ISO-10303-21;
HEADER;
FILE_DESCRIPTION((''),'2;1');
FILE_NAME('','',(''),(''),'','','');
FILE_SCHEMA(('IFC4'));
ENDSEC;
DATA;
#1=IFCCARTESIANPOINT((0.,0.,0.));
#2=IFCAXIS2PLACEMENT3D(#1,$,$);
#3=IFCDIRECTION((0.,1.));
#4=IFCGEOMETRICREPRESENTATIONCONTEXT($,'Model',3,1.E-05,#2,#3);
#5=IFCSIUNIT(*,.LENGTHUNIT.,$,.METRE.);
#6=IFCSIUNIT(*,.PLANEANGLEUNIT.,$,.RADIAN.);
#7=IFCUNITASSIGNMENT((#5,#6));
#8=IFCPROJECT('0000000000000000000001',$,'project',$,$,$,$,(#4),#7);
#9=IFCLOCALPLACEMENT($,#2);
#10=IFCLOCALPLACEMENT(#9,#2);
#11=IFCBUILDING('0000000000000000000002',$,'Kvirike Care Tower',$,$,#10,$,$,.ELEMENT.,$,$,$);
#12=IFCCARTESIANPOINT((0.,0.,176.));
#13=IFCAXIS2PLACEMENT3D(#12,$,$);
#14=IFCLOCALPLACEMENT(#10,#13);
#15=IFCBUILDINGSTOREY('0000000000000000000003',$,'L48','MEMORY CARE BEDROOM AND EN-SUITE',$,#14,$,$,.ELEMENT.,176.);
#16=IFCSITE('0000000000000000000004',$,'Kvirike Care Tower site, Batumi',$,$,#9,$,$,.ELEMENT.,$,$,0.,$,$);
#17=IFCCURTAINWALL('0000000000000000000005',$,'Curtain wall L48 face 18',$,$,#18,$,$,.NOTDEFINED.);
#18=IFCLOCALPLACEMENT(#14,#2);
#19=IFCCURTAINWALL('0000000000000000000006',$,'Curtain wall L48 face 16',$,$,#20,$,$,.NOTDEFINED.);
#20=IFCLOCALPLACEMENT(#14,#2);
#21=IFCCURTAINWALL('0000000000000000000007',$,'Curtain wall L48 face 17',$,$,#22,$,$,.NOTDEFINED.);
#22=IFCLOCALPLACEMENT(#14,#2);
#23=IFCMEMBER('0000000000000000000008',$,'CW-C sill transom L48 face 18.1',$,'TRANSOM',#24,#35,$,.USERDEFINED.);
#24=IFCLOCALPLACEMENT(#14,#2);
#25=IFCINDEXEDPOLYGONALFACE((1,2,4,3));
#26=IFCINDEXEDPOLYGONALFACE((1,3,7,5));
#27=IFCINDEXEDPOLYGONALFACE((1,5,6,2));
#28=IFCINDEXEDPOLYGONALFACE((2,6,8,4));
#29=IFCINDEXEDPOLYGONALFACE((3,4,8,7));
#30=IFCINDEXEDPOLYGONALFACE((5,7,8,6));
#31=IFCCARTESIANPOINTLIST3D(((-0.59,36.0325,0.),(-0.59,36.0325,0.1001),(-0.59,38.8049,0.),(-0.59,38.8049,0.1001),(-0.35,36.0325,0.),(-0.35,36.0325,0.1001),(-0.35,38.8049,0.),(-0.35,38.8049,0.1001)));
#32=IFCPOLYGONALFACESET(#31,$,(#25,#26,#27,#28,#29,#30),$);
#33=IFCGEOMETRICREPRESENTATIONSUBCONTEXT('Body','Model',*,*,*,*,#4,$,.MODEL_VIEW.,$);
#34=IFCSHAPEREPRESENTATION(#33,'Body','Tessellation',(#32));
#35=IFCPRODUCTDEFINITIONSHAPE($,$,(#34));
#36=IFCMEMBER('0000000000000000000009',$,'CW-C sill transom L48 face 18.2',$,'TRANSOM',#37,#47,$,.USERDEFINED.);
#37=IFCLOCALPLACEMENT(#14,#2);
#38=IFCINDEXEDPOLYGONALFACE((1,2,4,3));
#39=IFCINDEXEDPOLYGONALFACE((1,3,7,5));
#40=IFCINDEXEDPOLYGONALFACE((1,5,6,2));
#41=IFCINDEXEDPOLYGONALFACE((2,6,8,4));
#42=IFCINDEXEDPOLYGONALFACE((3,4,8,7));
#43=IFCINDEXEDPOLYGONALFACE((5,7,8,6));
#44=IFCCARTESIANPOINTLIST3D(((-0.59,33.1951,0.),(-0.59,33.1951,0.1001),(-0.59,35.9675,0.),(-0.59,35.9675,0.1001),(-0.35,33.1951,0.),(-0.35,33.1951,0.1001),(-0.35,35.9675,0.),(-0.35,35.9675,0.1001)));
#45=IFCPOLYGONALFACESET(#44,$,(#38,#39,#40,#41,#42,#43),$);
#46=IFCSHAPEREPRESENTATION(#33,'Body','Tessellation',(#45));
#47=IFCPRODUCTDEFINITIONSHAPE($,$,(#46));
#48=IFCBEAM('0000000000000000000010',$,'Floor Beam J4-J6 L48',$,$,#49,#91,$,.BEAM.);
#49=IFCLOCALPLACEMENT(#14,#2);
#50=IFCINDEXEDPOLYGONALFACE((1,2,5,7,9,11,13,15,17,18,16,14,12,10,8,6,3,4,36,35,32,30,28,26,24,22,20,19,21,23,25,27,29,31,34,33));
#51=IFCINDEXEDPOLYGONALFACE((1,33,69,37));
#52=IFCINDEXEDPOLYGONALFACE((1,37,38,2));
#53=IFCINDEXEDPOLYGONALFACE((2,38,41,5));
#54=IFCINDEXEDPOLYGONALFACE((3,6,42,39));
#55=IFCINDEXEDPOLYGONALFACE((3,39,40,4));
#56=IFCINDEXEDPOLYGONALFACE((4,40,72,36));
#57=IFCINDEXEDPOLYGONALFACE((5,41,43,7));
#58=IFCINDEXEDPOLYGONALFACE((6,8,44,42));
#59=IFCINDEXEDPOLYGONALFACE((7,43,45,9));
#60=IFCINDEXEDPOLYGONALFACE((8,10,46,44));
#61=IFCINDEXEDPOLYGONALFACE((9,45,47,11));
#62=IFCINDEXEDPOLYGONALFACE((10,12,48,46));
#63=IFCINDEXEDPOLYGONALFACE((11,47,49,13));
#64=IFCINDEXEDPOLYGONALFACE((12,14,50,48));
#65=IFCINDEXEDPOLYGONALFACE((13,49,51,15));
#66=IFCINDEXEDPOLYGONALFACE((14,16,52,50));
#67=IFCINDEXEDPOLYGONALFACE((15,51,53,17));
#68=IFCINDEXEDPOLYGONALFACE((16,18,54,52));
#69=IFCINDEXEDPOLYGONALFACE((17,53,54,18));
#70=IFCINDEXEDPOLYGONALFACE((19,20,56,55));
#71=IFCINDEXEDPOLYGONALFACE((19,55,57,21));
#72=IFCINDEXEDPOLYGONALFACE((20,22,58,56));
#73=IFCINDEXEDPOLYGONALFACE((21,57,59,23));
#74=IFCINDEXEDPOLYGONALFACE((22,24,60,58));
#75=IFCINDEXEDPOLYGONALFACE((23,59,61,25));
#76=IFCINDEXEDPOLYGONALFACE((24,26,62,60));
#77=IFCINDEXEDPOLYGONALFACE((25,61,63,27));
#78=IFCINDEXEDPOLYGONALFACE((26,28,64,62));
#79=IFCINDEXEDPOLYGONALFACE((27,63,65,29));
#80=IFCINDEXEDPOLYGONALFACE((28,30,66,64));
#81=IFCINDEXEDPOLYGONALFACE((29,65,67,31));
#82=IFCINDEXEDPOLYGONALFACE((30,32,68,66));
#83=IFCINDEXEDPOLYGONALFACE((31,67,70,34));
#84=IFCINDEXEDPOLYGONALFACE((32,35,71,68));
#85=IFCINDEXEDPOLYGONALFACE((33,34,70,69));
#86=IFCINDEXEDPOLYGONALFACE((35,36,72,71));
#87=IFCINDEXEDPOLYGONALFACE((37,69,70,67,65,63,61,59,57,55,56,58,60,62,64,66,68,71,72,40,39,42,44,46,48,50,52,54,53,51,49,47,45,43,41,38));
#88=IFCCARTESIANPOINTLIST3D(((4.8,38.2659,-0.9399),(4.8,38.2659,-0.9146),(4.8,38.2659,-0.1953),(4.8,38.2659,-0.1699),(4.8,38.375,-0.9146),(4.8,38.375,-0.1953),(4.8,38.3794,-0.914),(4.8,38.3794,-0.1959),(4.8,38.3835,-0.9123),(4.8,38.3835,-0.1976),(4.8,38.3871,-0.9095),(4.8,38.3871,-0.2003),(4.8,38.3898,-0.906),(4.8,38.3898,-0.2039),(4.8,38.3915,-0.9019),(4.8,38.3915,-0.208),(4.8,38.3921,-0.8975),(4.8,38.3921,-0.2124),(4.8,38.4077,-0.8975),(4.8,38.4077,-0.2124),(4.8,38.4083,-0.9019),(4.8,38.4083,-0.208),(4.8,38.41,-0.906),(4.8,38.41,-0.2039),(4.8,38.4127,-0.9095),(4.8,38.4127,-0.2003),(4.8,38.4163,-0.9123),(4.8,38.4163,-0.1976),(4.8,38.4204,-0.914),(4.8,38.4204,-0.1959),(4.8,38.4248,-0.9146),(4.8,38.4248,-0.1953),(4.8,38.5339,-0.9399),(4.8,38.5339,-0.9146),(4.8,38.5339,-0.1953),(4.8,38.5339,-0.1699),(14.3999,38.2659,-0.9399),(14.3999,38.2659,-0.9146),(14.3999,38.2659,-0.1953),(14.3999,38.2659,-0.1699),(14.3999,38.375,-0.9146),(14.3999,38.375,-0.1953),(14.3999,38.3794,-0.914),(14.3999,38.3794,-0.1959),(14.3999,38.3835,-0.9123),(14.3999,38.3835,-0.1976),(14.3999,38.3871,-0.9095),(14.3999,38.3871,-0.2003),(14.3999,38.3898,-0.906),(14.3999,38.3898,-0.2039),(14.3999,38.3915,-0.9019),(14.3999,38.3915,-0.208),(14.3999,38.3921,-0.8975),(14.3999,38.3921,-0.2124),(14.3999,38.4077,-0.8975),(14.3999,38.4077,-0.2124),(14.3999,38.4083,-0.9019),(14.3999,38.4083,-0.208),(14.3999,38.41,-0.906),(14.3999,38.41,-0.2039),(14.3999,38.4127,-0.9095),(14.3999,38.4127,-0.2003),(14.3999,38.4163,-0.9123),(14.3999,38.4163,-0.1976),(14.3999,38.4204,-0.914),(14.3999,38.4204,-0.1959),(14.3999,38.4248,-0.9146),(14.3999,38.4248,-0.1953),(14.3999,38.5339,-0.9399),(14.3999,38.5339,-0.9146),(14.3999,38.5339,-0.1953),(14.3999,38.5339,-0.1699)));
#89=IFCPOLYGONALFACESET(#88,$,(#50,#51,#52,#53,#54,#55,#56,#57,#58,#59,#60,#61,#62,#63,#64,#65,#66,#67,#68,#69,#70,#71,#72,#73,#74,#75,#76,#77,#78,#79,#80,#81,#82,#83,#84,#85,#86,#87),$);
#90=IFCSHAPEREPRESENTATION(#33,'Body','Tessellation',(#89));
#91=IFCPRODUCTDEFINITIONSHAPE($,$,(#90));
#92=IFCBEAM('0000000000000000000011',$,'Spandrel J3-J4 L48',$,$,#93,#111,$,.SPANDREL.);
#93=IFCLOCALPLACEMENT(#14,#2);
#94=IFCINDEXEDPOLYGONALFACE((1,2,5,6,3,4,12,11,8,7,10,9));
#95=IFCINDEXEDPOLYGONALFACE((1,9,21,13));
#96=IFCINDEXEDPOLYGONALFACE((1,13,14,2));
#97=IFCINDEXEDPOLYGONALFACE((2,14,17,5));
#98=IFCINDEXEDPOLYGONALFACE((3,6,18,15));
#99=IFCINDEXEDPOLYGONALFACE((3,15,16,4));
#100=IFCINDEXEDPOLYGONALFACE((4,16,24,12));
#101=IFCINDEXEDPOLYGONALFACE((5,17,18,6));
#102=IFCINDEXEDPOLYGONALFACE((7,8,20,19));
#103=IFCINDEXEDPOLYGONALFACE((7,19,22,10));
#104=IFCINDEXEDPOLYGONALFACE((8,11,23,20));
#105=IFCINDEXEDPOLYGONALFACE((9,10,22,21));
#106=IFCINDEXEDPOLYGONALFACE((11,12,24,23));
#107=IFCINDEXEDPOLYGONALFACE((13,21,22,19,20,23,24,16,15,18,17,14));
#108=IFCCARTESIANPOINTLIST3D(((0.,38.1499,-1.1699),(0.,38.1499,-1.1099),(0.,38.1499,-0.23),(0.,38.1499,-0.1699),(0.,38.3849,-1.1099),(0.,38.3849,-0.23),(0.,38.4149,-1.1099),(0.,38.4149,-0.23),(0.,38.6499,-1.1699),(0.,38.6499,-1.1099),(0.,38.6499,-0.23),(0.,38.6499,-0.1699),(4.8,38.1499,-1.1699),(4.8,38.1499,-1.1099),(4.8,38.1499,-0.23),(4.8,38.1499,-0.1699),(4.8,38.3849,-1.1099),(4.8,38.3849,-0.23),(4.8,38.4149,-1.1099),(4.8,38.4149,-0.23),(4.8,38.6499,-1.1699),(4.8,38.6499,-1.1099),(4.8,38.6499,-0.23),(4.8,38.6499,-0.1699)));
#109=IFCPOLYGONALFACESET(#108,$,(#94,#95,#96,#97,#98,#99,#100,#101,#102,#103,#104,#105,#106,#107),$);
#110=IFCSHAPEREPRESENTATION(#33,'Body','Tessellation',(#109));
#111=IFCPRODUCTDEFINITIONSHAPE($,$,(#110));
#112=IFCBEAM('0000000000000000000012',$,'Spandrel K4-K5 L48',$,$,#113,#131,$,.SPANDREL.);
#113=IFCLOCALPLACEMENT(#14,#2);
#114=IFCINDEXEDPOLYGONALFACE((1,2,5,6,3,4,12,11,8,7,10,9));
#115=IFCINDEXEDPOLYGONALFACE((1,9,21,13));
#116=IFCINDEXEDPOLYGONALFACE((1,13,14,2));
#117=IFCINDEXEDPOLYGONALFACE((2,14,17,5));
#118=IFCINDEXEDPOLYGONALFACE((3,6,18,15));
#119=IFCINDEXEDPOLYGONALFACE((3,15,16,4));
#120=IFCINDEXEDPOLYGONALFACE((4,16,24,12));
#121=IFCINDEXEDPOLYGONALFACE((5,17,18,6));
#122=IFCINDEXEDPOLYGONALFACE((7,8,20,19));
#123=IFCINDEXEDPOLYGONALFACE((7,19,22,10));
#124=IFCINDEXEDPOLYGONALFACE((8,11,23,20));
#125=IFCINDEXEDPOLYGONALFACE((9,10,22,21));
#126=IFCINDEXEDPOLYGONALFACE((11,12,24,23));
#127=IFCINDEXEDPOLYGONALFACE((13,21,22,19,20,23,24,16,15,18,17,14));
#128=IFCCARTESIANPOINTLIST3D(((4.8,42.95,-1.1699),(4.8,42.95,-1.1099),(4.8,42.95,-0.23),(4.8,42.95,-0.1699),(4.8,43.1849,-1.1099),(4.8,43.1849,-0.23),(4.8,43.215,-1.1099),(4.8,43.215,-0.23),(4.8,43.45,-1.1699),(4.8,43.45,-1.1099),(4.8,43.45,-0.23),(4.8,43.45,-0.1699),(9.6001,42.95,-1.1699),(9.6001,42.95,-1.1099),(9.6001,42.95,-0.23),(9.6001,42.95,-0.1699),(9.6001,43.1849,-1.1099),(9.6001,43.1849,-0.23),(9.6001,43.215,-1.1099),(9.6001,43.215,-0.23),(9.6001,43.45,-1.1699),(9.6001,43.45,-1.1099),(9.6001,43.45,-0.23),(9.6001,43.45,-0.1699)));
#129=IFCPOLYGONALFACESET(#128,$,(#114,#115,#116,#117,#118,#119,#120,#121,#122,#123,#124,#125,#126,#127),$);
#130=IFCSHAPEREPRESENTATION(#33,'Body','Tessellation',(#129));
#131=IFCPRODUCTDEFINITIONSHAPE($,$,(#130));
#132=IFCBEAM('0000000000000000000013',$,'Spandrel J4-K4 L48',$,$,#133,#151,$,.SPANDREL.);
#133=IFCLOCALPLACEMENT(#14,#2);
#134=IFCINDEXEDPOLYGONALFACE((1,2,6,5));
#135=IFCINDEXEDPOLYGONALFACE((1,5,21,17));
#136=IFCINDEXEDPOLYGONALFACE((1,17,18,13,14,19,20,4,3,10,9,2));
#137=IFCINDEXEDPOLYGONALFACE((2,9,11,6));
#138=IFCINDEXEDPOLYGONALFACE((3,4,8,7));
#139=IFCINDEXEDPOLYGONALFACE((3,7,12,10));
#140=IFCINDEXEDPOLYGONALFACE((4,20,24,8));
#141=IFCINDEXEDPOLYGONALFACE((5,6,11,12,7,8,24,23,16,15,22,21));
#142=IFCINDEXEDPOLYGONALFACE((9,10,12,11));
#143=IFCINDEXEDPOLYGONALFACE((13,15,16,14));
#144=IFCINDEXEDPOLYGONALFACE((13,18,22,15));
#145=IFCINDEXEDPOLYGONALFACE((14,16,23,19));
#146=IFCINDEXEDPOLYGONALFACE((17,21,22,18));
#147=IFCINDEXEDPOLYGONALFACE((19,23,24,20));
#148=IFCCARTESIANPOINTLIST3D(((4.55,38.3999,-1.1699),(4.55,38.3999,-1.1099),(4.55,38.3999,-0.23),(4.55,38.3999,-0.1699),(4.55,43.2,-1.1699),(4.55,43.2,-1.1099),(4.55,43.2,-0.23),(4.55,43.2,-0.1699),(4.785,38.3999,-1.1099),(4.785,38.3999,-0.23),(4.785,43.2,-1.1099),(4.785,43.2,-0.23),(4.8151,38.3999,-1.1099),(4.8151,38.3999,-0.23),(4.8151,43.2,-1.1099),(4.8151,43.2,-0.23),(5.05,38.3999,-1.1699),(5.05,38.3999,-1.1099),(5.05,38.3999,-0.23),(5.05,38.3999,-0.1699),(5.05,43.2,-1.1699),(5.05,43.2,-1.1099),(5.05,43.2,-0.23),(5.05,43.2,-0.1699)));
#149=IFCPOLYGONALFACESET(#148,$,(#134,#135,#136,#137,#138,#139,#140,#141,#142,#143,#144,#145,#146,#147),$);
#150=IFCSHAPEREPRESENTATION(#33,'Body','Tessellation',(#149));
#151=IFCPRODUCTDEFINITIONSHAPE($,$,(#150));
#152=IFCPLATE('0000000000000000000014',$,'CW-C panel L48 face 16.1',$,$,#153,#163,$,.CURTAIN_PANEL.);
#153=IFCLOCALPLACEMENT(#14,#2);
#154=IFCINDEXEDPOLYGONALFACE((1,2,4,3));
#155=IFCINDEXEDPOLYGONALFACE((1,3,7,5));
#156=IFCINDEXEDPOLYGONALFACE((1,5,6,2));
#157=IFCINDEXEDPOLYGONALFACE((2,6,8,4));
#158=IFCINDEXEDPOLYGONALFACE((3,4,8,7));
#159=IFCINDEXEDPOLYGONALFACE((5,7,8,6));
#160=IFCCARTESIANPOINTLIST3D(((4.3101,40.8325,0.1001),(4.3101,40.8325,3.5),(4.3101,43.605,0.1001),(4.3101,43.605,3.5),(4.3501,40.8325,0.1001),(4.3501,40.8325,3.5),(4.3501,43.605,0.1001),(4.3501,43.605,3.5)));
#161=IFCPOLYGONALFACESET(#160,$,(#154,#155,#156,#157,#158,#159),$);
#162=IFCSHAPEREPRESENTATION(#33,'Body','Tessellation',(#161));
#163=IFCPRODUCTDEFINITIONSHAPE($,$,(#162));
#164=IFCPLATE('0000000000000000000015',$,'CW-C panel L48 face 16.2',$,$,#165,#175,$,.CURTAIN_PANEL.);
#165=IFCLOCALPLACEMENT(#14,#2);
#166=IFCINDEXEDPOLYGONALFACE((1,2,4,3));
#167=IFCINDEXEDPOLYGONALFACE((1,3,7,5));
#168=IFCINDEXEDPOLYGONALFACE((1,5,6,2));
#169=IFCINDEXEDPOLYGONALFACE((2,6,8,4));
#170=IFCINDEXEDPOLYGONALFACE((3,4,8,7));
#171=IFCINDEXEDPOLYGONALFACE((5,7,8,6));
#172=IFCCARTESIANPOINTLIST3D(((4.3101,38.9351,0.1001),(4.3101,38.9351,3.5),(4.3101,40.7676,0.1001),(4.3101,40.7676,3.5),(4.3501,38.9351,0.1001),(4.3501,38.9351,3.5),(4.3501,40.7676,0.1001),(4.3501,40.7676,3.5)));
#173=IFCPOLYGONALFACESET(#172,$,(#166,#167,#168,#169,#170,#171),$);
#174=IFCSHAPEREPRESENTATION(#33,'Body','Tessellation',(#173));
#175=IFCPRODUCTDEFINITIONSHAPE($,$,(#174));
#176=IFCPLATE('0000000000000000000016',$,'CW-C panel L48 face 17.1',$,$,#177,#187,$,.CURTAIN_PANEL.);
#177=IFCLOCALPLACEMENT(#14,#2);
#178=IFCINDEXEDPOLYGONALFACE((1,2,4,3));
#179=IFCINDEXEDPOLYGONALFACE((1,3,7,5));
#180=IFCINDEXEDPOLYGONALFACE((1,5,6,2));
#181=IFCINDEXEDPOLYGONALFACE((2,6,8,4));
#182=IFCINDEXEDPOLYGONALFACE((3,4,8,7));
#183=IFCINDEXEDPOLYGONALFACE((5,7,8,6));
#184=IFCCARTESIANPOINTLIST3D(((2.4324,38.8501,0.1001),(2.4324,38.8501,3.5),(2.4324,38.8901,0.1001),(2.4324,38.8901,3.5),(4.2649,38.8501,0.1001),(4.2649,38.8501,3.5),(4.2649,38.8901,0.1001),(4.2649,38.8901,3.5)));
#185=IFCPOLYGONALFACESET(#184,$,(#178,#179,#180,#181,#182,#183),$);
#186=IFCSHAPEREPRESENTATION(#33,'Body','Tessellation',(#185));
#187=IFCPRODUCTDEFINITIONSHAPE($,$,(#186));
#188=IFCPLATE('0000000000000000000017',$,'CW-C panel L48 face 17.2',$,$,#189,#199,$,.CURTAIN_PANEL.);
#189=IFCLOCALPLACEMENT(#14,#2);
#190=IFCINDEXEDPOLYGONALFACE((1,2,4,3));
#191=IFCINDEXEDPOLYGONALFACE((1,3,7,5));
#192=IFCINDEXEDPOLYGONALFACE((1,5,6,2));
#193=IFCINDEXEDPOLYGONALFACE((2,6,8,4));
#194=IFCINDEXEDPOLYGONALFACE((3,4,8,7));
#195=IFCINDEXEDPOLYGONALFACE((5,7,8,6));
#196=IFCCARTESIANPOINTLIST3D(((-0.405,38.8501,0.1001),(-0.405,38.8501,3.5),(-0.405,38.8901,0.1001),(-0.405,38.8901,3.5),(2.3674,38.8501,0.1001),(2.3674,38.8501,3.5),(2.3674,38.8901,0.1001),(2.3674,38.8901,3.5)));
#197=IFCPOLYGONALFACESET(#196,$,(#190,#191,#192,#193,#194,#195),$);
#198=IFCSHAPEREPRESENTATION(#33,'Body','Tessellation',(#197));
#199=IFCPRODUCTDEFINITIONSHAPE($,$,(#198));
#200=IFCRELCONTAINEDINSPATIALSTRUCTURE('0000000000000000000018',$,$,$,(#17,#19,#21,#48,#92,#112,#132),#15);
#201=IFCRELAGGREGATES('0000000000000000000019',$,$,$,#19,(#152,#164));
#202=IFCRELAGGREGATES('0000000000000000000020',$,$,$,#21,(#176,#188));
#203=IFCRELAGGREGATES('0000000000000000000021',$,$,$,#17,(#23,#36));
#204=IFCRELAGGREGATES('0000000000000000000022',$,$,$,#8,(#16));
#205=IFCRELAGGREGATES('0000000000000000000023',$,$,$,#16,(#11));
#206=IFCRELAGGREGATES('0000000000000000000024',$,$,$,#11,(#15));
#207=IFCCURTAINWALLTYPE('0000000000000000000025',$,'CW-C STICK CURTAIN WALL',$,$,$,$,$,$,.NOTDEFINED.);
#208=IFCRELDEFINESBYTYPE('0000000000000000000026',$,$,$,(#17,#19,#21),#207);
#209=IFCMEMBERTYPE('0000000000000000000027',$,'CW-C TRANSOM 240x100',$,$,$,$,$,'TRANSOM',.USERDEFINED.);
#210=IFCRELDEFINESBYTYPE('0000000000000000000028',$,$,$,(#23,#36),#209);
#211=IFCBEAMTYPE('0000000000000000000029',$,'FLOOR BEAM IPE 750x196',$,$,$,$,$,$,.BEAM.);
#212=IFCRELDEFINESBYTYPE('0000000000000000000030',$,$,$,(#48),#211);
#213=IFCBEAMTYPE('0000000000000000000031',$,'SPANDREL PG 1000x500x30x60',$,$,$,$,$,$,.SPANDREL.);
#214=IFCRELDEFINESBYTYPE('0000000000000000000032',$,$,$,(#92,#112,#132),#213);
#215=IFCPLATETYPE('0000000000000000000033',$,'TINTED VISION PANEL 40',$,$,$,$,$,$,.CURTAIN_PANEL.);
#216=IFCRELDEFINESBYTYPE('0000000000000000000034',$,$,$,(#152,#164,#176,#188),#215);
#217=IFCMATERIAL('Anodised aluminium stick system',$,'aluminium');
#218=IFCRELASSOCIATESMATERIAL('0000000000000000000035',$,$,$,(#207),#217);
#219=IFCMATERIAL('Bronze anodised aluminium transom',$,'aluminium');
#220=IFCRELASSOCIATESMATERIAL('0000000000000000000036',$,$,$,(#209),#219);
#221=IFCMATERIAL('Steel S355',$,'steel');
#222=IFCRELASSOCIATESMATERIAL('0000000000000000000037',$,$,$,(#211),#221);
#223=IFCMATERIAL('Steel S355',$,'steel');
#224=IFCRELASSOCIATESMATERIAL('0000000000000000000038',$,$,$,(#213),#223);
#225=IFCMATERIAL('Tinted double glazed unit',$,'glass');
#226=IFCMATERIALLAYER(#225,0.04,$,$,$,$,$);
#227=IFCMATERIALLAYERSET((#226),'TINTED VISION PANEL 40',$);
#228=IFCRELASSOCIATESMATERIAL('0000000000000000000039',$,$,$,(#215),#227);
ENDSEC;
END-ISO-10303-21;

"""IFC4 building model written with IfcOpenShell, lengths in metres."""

from ifc_helpers import new_model, si_unit, direction, frame, origin, origin_2d, place, context, subcontext, project, spatial, rectangle, i_section, extrude, material, layer, layer_set, material_profile, profile_set, type_object, element, aggregate, save


model = new_model("IFC4")

# Units and contexts
model_context = context("Model", 3, precision=1e-05, world=origin(), true_north=direction((0.0, 1.0)))
body_context = subcontext(model_context, "Body", "Model", "MODEL_VIEW")
ifc_project = project(units=[si_unit("LENGTHUNIT", "METRE"), si_unit("PLANEANGLEUNIT", "RADIAN")], contexts=[model_context])

# Site, building, storey
site_placement = place(None, origin())
site = spatial("IfcSite", under=ifc_project, at=site_placement, Name="Kvirike Care Tower site, Batumi", CompositionType="ELEMENT", RefElevation=0.0)
building_placement = place(site_placement, origin())
building = spatial("IfcBuilding", under=site, at=building_placement, Name="Kvirike Care Tower", CompositionType="ELEMENT")
storey_placement = place(building_placement, frame((0.0, 0.0, 176.0)))
storey = spatial("IfcBuildingStorey", under=building, at=storey_placement, Name="L48", Description="MEMORY CARE BEDROOM AND EN-SUITE", CompositionType="ELEMENT", Elevation=176.0)

# Curtain wall
ifc_material_1 = material(Name="Anodised aluminium stick system", Category="aluminium")
curtain_wall_type = type_object("IfcCurtainWallType", Name="CW-C STICK CURTAIN WALL", PredefinedType="NOTDEFINED", material=ifc_material_1)
curtain_wall_1_placement = place(storey_placement, origin())
curtain_wall_1 = element("IfcCurtainWall", 1, at=curtain_wall_1_placement, inside=storey, type_object=curtain_wall_type, Name="Curtain wall L48 face 18", PredefinedType="NOTDEFINED")

# Curtain walls
curtain_wall_2_placement = place(storey_placement, origin())
curtain_wall_2 = element("IfcCurtainWall", 2, at=curtain_wall_2_placement, inside=storey, type_object=curtain_wall_type, Name="Curtain wall L48 face 16", PredefinedType="NOTDEFINED")
curtain_wall_3_placement = place(storey_placement, origin())
curtain_wall_3 = element("IfcCurtainWall", 3, at=curtain_wall_3_placement, inside=storey, type_object=curtain_wall_type, Name="Curtain wall L48 face 17", PredefinedType="NOTDEFINED")

# Members
ifc_material_2 = material(Name="Bronze anodised aluminium transom", Category="aluminium")
ifc_material_profile_1 = material_profile(ifc_material_2, rectangle(XDim=0.24, YDim=0.1001, at=origin_2d()), Name="CW-C TRANSOM 240x100")
ifc_profile_set_1 = profile_set([ifc_material_profile_1], Name="Bronze anodised aluminium transom")
member_type_1 = type_object("IfcMemberType", Name="CW-C TRANSOM 240x100", ElementType="TRANSOM", PredefinedType="USERDEFINED", material=ifc_profile_set_1)
member_1_placement = place(storey_placement, frame((-0.47, 38.8049, 0.05), z_axis=(0.0, -1.0, 0.0), x_axis=(1.0, 0.0, 0.0)))
member_1 = element("IfcMember", 4, at=member_1_placement, type_object=member_type_1, Name="CW-C sill transom L48 face 18.1", ObjectType="TRANSOM", PredefinedType="USERDEFINED", context=body_context, shape_type="SweptSolid", body=[
    extrude(rectangle(XDim=0.24, YDim=0.1001, at=origin_2d()), origin(), (0.0, 0.0, 1.0), 2.7725),
])
member_2_placement = place(storey_placement, frame((-0.47, 35.9675, 0.05), z_axis=(0.0, -1.0, 0.0), x_axis=(1.0, 0.0, 0.0)))
member_2 = element("IfcMember", 5, at=member_2_placement, type_object=member_type_1, Name="CW-C sill transom L48 face 18.2", ObjectType="TRANSOM", PredefinedType="USERDEFINED", context=body_context, shape_type="SweptSolid", body=[
    extrude(rectangle(XDim=0.24, YDim=0.1001, at=origin_2d()), origin(), (0.0, 0.0, 1.0), 2.7725),
])

# Beams
ifc_material_3 = material(Name="Steel S355", Category="steel")
ifc_material_profile_2 = material_profile(ifc_material_3, i_section(OverallWidth=0.2681, OverallDepth=0.77, WebThickness=0.0156, FlangeThickness=0.0254, FilletRadius=0.0171, at=origin_2d()), Name="IPE 750x196")
ifc_profile_set_2 = profile_set([ifc_material_profile_2], Name="Steel S355")
beam_type_1 = type_object("IfcBeamType", Name="FLOOR BEAM IPE 750x196", PredefinedType="BEAM", material=ifc_profile_set_2)
beam_placement = place(storey_placement, frame((4.8, 38.3999, -0.5549), z_axis=(1.0, 0.0, 0.0), x_axis=(0.0, 1.0, 0.0)))
element("IfcBeam", 6, at=beam_placement, inside=storey, type_object=beam_type_1, Name="Floor Beam J4-J6 L48", PredefinedType="BEAM", context=body_context, shape_type="SweptSolid", body=[
    extrude(i_section(OverallWidth=0.2681, OverallDepth=0.77, WebThickness=0.0156, FlangeThickness=0.0254, FilletRadius=0.0171, at=origin_2d()), origin(), (0.0, 0.0, 1.0), 9.5999),
])
ifc_material_4 = material(Name="Steel S355", Category="steel")
ifc_material_profile_3 = material_profile(ifc_material_4, i_section(OverallWidth=0.5, OverallDepth=1.0, WebThickness=0.03, FlangeThickness=0.0601, at=origin_2d()), Name="PG 1000x500x30x60")
ifc_profile_set_3 = profile_set([ifc_material_profile_3], Name="Steel S355")
beam_type_2 = type_object("IfcBeamType", Name="SPANDREL PG 1000x500x30x60", PredefinedType="SPANDREL", material=ifc_profile_set_3)
for number, where, z_axis, x_axis, name in (
    (7, (0.0, 38.3999, -0.6699), (1.0, 0.0, 0.0), (0.0, 1.0, 0.0), "Spandrel J3-J4 L48"),
    (8, (4.8, 43.2, -0.6699), (1.0, 0.0, 0.0), (0.0, 1.0, 0.0), "Spandrel K4-K5 L48"),
    (9, (4.8, 38.3999, -0.6699), (0.0, 1.0, 0.0), (-1.0, 0.0, 0.0), "Spandrel J4-K4 L48"),
):
    element("IfcBeam", number, at=place(storey_placement, frame(where, z_axis=z_axis, x_axis=x_axis)), inside=storey, type_object=beam_type_2, Name=name, PredefinedType="SPANDREL", context=body_context, shape_type="SweptSolid", body=[
        extrude(i_section(OverallWidth=0.5, OverallDepth=1.0, WebThickness=0.03, FlangeThickness=0.0601, at=origin_2d()), origin(), (0.0, 0.0, 1.0), 4.8),
    ])

# Plates
ifc_material_5 = material(Name="Tinted double glazed unit", Category="glass")
ifc_layer_1 = layer(ifc_material_5, 0.04)
ifc_layer_set_1 = layer_set([ifc_layer_1], Name="TINTED VISION PANEL 40")
plate_type = type_object("IfcPlateType", Name="TINTED VISION PANEL 40", PredefinedType="CURTAIN_PANEL", material=ifc_layer_set_1)
plate_1_placement = place(storey_placement, frame((4.3301, 42.2188, 0.1001), z_axis=(0.0, 0.0, 1.0), x_axis=(0.0, -1.0, 0.0)))
plate_1 = element("IfcPlate", 10, at=plate_1_placement, type_object=plate_type, Name="CW-C panel L48 face 16.1", PredefinedType="CURTAIN_PANEL", context=body_context, shape_type="SweptSolid", body=[
    extrude(rectangle(XDim=2.7725, YDim=0.04, at=origin_2d()), origin(), (0.0, 0.0, 1.0), 3.3999),
])
plate_2_placement = place(storey_placement, frame((4.3301, 39.8513, 0.1001), z_axis=(0.0, 0.0, 1.0), x_axis=(0.0, -1.0, 0.0)))
plate_2 = element("IfcPlate", 11, at=plate_2_placement, type_object=plate_type, Name="CW-C panel L48 face 16.2", PredefinedType="CURTAIN_PANEL", context=body_context, shape_type="SweptSolid", body=[
    extrude(rectangle(XDim=1.8325, YDim=0.04, at=origin_2d()), origin(), (0.0, 0.0, 1.0), 3.3999),
])
aggregate(curtain_wall_2, [plate_1, plate_2])
plate_3_placement = place(storey_placement, frame((3.3486, 38.8701, 0.1001), z_axis=(0.0, 0.0, 1.0), x_axis=(-1.0, 0.0, 0.0)))
plate_3 = element("IfcPlate", 12, at=plate_3_placement, type_object=plate_type, Name="CW-C panel L48 face 17.1", PredefinedType="CURTAIN_PANEL", context=body_context, shape_type="SweptSolid", body=[
    extrude(rectangle(XDim=1.8325, YDim=0.04, at=origin_2d()), origin(), (0.0, 0.0, 1.0), 3.3999),
])
plate_4_placement = place(storey_placement, frame((0.9812, 38.8701, 0.1001), z_axis=(0.0, 0.0, 1.0), x_axis=(-1.0, 0.0, 0.0)))
plate_4 = element("IfcPlate", 13, at=plate_4_placement, type_object=plate_type, Name="CW-C panel L48 face 17.2", PredefinedType="CURTAIN_PANEL", context=body_context, shape_type="SweptSolid", body=[
    extrude(rectangle(XDim=2.7725, YDim=0.04, at=origin_2d()), origin(), (0.0, 0.0, 1.0), 3.3999),
])
aggregate(curtain_wall_3, [plate_3, plate_4])
aggregate(curtain_wall_1, [member_1, member_2])

save(model, "model.ifc")
